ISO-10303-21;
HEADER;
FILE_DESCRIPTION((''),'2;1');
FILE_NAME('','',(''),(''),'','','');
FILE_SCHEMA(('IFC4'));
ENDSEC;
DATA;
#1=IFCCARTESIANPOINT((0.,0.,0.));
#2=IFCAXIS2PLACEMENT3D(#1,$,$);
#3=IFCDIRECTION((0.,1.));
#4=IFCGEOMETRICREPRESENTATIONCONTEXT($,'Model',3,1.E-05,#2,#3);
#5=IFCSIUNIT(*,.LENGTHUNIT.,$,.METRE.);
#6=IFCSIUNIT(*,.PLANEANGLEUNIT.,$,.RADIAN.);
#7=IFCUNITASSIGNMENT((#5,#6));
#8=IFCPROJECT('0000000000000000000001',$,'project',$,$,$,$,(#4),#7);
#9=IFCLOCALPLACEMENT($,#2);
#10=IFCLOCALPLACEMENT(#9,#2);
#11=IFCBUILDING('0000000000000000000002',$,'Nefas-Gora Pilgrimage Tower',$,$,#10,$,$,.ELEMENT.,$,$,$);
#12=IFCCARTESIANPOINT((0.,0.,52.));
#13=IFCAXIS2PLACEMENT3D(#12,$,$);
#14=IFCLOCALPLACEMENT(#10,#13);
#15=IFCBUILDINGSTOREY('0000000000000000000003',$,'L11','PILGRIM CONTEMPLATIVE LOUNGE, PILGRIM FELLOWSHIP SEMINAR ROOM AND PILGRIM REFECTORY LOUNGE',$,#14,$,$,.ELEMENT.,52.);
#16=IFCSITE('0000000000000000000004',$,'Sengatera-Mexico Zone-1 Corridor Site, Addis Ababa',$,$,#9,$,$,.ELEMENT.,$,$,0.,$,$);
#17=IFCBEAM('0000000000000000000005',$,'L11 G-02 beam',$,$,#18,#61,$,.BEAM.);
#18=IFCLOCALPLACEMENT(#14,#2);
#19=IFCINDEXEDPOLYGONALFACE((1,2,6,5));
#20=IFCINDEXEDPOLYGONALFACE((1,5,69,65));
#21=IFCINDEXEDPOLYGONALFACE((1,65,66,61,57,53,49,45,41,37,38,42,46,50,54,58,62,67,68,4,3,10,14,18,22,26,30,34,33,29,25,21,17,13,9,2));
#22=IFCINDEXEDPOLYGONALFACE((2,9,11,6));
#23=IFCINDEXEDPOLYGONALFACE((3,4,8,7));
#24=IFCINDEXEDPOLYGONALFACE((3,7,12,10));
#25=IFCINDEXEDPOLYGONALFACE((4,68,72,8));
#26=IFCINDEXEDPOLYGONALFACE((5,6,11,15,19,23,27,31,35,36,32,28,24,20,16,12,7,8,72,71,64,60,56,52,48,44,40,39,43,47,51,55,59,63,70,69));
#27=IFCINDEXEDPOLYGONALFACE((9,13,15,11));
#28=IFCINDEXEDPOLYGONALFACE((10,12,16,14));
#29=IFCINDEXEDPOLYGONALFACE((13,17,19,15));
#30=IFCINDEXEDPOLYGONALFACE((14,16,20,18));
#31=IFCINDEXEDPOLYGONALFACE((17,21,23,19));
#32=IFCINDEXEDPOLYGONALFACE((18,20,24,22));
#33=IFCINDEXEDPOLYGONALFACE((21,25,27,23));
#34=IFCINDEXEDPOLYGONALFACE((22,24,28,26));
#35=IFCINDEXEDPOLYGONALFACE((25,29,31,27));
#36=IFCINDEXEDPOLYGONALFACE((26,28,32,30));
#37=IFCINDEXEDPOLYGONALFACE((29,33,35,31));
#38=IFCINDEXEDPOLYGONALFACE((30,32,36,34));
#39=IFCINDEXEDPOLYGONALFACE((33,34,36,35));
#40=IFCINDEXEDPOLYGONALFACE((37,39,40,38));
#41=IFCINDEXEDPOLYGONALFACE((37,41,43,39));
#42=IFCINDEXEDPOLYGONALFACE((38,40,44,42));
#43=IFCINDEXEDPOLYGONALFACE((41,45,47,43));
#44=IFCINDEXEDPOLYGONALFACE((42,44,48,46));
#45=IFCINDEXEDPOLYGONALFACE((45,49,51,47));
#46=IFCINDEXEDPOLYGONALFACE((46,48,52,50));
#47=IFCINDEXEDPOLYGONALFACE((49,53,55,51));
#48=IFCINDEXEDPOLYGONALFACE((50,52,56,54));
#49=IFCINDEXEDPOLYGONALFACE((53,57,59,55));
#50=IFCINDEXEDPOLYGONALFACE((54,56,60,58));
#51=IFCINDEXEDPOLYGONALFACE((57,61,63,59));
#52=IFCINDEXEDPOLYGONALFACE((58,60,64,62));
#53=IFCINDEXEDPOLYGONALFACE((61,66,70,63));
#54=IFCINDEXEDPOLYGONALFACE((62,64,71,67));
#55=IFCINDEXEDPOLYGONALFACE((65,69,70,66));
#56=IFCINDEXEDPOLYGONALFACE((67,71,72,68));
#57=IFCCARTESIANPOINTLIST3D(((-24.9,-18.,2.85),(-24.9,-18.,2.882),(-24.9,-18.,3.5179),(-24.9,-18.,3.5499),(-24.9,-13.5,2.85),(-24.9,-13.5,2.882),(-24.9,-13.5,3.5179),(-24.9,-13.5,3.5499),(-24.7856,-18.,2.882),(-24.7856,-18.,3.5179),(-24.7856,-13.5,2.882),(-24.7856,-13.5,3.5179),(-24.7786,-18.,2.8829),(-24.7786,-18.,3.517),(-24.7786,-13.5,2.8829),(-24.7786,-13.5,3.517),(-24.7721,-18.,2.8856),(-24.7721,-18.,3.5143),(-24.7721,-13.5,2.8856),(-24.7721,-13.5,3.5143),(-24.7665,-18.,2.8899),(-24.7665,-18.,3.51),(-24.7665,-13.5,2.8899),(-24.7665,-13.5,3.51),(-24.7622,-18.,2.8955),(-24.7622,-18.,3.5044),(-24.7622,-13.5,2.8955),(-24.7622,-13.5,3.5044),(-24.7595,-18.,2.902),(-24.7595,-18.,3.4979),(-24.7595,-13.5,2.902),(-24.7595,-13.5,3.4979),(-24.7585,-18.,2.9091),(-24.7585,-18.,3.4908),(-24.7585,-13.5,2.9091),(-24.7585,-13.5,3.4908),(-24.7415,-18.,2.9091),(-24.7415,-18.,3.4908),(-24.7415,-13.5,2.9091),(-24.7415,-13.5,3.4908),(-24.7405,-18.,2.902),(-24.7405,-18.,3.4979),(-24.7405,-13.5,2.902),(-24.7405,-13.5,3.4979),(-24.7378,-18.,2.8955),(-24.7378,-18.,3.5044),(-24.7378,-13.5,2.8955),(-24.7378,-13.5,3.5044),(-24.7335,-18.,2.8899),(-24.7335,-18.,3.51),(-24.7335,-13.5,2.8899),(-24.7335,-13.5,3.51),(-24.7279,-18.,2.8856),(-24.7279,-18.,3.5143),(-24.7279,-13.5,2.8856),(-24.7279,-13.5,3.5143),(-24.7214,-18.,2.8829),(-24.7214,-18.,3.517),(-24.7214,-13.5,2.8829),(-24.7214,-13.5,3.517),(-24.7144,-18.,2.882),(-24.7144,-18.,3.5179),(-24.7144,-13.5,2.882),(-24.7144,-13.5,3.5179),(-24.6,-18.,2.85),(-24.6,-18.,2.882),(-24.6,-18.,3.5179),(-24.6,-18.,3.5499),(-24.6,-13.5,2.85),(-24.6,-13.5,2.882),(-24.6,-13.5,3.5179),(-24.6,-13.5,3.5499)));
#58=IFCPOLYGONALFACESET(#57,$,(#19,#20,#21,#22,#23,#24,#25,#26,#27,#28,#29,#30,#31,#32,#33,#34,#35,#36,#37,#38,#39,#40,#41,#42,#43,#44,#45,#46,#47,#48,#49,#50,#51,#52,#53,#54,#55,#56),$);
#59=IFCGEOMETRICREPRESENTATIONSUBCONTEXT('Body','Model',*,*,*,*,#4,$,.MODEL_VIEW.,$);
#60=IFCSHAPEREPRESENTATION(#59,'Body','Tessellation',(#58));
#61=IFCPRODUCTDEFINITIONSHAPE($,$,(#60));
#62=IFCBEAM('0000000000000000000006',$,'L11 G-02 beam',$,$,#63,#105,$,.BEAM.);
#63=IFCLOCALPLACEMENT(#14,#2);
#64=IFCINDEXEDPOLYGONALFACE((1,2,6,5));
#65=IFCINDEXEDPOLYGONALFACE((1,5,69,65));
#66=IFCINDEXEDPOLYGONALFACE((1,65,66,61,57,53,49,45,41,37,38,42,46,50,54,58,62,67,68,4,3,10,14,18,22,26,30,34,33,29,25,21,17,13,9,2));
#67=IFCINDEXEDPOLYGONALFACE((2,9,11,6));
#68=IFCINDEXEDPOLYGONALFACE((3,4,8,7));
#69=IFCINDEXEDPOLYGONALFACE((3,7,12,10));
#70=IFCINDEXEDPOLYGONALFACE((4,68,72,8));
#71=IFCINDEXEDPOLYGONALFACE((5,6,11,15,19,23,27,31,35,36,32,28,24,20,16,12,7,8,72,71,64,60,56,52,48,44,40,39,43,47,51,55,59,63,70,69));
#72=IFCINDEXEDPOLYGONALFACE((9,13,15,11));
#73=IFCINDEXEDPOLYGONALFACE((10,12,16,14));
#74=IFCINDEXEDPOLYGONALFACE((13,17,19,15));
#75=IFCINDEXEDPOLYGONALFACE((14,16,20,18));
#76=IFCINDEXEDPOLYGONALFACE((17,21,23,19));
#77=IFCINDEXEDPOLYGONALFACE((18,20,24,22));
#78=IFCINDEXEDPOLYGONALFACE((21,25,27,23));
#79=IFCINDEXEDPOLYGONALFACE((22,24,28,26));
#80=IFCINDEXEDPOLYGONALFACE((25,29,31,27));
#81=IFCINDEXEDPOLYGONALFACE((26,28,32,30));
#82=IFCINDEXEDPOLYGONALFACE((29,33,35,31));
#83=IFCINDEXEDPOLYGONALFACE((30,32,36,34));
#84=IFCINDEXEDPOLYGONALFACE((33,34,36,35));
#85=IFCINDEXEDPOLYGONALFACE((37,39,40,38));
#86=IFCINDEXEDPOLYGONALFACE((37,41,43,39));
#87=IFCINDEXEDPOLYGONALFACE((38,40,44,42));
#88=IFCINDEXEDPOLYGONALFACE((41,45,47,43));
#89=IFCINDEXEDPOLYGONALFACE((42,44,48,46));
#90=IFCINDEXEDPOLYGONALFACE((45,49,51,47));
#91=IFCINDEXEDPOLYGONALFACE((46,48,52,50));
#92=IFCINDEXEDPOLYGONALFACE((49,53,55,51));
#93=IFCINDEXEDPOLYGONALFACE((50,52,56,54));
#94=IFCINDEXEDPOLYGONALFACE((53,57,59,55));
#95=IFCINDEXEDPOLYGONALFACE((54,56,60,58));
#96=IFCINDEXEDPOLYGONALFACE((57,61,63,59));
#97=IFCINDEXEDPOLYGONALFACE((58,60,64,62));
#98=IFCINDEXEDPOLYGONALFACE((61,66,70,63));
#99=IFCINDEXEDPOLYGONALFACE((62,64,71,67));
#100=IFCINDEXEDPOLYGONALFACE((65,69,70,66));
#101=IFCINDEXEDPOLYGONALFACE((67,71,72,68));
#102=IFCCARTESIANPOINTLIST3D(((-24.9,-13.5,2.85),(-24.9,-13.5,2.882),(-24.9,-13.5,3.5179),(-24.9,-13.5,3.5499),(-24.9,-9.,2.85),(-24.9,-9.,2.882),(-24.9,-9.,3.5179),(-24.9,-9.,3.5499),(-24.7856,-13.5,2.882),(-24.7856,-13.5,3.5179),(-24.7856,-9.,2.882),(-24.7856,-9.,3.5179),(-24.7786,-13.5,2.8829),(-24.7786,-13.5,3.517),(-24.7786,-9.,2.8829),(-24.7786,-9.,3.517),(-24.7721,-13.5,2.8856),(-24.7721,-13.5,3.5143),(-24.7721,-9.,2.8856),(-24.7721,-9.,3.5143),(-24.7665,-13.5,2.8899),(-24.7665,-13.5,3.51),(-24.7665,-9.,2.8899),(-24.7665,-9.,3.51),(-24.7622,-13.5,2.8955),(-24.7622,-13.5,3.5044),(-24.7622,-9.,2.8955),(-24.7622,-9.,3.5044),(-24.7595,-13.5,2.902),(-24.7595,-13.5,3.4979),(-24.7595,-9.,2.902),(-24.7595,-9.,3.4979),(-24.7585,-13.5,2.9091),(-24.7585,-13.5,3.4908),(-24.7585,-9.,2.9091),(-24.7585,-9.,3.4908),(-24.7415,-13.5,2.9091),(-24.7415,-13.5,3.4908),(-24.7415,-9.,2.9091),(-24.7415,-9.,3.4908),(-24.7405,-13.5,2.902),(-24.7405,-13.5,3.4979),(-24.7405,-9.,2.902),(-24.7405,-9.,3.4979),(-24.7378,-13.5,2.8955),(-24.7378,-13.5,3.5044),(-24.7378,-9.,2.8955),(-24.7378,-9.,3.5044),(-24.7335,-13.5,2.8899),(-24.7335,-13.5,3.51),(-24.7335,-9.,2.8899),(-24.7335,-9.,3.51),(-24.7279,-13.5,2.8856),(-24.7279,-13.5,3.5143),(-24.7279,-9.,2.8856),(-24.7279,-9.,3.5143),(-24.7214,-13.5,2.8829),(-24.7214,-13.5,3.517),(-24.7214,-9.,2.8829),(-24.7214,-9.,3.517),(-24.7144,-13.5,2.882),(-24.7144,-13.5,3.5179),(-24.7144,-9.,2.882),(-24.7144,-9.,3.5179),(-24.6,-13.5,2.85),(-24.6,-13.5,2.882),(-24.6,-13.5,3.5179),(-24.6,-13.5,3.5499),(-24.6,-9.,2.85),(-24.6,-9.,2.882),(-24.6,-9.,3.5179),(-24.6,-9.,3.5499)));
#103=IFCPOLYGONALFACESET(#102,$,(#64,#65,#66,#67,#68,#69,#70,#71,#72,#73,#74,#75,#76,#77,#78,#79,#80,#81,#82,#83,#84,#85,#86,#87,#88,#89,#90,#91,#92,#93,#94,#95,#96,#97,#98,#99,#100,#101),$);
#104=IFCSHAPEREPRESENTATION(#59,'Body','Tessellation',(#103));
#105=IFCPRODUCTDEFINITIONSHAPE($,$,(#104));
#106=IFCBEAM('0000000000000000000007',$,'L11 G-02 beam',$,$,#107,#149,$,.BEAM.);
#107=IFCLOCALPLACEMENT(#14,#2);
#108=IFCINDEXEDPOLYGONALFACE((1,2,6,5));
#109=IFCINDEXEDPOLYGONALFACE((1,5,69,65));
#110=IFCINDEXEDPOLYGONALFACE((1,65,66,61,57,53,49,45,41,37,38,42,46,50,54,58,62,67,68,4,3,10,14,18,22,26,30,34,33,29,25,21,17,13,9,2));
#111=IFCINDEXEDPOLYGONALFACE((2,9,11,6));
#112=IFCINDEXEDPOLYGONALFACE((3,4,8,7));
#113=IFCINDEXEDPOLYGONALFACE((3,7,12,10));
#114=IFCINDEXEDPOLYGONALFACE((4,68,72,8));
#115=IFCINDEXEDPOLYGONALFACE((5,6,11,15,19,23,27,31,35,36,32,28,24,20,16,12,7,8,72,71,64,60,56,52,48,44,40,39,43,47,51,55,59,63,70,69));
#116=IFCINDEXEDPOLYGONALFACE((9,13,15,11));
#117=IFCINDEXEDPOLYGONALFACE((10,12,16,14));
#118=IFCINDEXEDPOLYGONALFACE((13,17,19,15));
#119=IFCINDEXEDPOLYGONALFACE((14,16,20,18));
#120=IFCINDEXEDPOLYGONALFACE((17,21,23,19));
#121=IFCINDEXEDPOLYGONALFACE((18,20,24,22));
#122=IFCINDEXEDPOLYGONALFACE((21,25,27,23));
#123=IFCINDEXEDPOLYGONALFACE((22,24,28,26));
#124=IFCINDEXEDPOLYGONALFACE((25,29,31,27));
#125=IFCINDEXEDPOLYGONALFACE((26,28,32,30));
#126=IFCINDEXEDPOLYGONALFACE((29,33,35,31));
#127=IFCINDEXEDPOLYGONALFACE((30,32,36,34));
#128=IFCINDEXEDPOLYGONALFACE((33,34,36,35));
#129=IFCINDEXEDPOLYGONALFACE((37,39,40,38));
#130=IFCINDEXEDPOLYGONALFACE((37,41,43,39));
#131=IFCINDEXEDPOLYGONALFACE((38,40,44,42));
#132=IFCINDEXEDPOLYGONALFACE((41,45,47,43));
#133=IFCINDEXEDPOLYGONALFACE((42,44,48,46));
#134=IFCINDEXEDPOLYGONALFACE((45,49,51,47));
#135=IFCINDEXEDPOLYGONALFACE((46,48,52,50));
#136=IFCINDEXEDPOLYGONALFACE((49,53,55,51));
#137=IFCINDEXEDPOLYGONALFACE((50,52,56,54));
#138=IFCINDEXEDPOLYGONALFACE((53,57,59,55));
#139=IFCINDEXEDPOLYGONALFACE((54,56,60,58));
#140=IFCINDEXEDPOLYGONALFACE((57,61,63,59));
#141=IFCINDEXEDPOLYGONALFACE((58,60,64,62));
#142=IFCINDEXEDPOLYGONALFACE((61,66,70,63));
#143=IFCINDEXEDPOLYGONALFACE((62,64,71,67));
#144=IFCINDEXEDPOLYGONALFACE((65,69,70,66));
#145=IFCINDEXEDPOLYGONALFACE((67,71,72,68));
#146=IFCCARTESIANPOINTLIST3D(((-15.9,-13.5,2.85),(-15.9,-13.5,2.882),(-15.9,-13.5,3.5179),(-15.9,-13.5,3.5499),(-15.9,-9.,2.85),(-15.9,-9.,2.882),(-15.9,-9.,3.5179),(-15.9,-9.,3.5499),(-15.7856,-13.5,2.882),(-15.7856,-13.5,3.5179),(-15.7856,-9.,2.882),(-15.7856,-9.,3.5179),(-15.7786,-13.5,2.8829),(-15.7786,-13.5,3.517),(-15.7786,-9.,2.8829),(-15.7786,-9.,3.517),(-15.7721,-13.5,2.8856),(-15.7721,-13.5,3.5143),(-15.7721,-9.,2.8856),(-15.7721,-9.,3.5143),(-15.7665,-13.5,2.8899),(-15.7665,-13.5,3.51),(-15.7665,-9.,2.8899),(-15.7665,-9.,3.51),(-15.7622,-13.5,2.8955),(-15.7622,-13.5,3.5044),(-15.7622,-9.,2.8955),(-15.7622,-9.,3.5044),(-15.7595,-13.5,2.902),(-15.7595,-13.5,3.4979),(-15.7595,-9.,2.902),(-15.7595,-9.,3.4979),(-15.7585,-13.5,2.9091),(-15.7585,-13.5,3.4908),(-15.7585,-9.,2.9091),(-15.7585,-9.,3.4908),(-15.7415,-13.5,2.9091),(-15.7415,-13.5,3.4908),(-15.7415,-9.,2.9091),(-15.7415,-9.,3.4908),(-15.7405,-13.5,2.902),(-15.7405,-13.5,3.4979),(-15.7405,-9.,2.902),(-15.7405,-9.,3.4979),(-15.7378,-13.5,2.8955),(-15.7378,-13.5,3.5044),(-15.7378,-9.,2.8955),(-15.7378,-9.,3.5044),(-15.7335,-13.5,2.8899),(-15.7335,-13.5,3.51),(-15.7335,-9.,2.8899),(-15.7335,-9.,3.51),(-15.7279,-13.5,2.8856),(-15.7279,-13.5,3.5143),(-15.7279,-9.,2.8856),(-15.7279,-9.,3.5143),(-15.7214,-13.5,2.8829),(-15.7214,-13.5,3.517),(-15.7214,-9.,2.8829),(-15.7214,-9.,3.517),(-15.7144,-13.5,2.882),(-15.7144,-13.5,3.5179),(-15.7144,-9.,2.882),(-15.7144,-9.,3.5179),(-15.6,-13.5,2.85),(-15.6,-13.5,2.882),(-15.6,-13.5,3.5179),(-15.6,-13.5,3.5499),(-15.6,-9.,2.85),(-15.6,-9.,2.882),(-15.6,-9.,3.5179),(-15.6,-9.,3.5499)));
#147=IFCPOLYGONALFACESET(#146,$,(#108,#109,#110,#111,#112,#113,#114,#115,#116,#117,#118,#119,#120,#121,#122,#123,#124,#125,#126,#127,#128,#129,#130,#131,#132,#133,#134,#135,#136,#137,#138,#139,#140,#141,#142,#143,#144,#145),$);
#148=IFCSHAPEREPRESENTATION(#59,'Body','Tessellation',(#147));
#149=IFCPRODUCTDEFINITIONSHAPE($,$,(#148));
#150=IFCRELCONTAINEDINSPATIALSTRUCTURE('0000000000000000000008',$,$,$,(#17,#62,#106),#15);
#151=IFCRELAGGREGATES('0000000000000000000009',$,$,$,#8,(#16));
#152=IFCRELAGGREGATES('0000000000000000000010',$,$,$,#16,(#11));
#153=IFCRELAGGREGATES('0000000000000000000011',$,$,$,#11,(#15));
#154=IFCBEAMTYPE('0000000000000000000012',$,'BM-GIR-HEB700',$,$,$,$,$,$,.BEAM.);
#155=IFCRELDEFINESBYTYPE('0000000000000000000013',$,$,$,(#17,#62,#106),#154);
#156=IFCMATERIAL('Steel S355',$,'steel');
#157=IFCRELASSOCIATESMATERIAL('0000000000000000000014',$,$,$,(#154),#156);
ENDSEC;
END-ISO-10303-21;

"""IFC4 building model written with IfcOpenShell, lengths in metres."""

from ifc_helpers import new_model, si_unit, direction, frame, origin, origin_2d, place, context, subcontext, project, spatial, i_section, extrude, source, transform, mapped, material, material_profile, profile_set, type_object, element, save


model = new_model("IFC4")

# Units and contexts
model_context = context("Model", 3, precision=1e-05, world=origin(), true_north=direction((0.0, 1.0)))
body_context = subcontext(model_context, "Body", "Model", "MODEL_VIEW")
ifc_project = project(units=[si_unit("LENGTHUNIT", "METRE"), si_unit("PLANEANGLEUNIT", "RADIAN")], contexts=[model_context])

# Site, building, storey
site_placement = place(None, origin())
site = spatial("IfcSite", under=ifc_project, at=site_placement, Name="Sengatera-Mexico Zone-1 Corridor Site, Addis Ababa", CompositionType="ELEMENT", RefElevation=0.0)
building_placement = place(site_placement, origin())
building = spatial("IfcBuilding", under=site, at=building_placement, Name="Nefas-Gora Pilgrimage Tower", CompositionType="ELEMENT")
storey_placement = place(building_placement, frame((0.0, 0.0, 52.0)))
storey = spatial("IfcBuildingStorey", under=building, at=storey_placement, Name="L11", Description="PILGRIM CONTEMPLATIVE LOUNGE, PILGRIM FELLOWSHIP SEMINAR ROOM AND PILGRIM REFECTORY LOUNGE", CompositionType="ELEMENT", Elevation=52.0)

# Beams
ifc_material_1 = material(Name="Steel S355", Category="steel")
ifc_material_profile_1 = material_profile(ifc_material_1, i_section(OverallWidth=0.3, OverallDepth=0.7, WebThickness=0.0171, FlangeThickness=0.032, FilletRadius=0.0271, at=origin_2d()), Name="HEB 700")
ifc_profile_set_1 = profile_set([ifc_material_profile_1], Name="Steel S355")
beam_type_1 = type_object("IfcBeamType", Name="BM-GIR-HEB700", PredefinedType="BEAM", material=ifc_profile_set_1)
shared_shape_1 = source(origin(), body_context, "Body", "SweptSolid", [
    extrude(i_section(OverallWidth=0.3, OverallDepth=0.7, WebThickness=0.0171, FlangeThickness=0.032, FilletRadius=0.0271, at=origin_2d()), origin(), (0.0, 0.0, 1.0), 4.5),
])
for number, where, z_axis, x_axis, name in (
    (1, (-24.75, -18.0, 3.2), (0.0, 1.0, 0.0), (-1.0, 0.0, 0.0), "L11 G-02 beam"),
    (2, (-24.75, -13.5, 3.2), (0.0, 1.0, 0.0), (-1.0, 0.0, 0.0), "L11 G-02 beam"),
    (3, (-15.75, -13.5, 3.2), (0.0, 1.0, 0.0), (-1.0, 0.0, 0.0), "L11 G-02 beam"),
):
    element("IfcBeam", number, at=place(storey_placement, frame(where, z_axis=z_axis, x_axis=x_axis)), inside=storey, type_object=beam_type_1, Name=name, PredefinedType="BEAM", context=body_context, shape_type="MappedRepresentation", body=[
        mapped(shared_shape_1, transform((0.0, 0.0, 0.0), x_axis=(1.0, 0.0, 0.0), y_axis=(0.0, 1.0, 0.0), z_axis=(0.0, 0.0, 1.0), scale=1.0)),
    ])

save(model, "model.ifc")
